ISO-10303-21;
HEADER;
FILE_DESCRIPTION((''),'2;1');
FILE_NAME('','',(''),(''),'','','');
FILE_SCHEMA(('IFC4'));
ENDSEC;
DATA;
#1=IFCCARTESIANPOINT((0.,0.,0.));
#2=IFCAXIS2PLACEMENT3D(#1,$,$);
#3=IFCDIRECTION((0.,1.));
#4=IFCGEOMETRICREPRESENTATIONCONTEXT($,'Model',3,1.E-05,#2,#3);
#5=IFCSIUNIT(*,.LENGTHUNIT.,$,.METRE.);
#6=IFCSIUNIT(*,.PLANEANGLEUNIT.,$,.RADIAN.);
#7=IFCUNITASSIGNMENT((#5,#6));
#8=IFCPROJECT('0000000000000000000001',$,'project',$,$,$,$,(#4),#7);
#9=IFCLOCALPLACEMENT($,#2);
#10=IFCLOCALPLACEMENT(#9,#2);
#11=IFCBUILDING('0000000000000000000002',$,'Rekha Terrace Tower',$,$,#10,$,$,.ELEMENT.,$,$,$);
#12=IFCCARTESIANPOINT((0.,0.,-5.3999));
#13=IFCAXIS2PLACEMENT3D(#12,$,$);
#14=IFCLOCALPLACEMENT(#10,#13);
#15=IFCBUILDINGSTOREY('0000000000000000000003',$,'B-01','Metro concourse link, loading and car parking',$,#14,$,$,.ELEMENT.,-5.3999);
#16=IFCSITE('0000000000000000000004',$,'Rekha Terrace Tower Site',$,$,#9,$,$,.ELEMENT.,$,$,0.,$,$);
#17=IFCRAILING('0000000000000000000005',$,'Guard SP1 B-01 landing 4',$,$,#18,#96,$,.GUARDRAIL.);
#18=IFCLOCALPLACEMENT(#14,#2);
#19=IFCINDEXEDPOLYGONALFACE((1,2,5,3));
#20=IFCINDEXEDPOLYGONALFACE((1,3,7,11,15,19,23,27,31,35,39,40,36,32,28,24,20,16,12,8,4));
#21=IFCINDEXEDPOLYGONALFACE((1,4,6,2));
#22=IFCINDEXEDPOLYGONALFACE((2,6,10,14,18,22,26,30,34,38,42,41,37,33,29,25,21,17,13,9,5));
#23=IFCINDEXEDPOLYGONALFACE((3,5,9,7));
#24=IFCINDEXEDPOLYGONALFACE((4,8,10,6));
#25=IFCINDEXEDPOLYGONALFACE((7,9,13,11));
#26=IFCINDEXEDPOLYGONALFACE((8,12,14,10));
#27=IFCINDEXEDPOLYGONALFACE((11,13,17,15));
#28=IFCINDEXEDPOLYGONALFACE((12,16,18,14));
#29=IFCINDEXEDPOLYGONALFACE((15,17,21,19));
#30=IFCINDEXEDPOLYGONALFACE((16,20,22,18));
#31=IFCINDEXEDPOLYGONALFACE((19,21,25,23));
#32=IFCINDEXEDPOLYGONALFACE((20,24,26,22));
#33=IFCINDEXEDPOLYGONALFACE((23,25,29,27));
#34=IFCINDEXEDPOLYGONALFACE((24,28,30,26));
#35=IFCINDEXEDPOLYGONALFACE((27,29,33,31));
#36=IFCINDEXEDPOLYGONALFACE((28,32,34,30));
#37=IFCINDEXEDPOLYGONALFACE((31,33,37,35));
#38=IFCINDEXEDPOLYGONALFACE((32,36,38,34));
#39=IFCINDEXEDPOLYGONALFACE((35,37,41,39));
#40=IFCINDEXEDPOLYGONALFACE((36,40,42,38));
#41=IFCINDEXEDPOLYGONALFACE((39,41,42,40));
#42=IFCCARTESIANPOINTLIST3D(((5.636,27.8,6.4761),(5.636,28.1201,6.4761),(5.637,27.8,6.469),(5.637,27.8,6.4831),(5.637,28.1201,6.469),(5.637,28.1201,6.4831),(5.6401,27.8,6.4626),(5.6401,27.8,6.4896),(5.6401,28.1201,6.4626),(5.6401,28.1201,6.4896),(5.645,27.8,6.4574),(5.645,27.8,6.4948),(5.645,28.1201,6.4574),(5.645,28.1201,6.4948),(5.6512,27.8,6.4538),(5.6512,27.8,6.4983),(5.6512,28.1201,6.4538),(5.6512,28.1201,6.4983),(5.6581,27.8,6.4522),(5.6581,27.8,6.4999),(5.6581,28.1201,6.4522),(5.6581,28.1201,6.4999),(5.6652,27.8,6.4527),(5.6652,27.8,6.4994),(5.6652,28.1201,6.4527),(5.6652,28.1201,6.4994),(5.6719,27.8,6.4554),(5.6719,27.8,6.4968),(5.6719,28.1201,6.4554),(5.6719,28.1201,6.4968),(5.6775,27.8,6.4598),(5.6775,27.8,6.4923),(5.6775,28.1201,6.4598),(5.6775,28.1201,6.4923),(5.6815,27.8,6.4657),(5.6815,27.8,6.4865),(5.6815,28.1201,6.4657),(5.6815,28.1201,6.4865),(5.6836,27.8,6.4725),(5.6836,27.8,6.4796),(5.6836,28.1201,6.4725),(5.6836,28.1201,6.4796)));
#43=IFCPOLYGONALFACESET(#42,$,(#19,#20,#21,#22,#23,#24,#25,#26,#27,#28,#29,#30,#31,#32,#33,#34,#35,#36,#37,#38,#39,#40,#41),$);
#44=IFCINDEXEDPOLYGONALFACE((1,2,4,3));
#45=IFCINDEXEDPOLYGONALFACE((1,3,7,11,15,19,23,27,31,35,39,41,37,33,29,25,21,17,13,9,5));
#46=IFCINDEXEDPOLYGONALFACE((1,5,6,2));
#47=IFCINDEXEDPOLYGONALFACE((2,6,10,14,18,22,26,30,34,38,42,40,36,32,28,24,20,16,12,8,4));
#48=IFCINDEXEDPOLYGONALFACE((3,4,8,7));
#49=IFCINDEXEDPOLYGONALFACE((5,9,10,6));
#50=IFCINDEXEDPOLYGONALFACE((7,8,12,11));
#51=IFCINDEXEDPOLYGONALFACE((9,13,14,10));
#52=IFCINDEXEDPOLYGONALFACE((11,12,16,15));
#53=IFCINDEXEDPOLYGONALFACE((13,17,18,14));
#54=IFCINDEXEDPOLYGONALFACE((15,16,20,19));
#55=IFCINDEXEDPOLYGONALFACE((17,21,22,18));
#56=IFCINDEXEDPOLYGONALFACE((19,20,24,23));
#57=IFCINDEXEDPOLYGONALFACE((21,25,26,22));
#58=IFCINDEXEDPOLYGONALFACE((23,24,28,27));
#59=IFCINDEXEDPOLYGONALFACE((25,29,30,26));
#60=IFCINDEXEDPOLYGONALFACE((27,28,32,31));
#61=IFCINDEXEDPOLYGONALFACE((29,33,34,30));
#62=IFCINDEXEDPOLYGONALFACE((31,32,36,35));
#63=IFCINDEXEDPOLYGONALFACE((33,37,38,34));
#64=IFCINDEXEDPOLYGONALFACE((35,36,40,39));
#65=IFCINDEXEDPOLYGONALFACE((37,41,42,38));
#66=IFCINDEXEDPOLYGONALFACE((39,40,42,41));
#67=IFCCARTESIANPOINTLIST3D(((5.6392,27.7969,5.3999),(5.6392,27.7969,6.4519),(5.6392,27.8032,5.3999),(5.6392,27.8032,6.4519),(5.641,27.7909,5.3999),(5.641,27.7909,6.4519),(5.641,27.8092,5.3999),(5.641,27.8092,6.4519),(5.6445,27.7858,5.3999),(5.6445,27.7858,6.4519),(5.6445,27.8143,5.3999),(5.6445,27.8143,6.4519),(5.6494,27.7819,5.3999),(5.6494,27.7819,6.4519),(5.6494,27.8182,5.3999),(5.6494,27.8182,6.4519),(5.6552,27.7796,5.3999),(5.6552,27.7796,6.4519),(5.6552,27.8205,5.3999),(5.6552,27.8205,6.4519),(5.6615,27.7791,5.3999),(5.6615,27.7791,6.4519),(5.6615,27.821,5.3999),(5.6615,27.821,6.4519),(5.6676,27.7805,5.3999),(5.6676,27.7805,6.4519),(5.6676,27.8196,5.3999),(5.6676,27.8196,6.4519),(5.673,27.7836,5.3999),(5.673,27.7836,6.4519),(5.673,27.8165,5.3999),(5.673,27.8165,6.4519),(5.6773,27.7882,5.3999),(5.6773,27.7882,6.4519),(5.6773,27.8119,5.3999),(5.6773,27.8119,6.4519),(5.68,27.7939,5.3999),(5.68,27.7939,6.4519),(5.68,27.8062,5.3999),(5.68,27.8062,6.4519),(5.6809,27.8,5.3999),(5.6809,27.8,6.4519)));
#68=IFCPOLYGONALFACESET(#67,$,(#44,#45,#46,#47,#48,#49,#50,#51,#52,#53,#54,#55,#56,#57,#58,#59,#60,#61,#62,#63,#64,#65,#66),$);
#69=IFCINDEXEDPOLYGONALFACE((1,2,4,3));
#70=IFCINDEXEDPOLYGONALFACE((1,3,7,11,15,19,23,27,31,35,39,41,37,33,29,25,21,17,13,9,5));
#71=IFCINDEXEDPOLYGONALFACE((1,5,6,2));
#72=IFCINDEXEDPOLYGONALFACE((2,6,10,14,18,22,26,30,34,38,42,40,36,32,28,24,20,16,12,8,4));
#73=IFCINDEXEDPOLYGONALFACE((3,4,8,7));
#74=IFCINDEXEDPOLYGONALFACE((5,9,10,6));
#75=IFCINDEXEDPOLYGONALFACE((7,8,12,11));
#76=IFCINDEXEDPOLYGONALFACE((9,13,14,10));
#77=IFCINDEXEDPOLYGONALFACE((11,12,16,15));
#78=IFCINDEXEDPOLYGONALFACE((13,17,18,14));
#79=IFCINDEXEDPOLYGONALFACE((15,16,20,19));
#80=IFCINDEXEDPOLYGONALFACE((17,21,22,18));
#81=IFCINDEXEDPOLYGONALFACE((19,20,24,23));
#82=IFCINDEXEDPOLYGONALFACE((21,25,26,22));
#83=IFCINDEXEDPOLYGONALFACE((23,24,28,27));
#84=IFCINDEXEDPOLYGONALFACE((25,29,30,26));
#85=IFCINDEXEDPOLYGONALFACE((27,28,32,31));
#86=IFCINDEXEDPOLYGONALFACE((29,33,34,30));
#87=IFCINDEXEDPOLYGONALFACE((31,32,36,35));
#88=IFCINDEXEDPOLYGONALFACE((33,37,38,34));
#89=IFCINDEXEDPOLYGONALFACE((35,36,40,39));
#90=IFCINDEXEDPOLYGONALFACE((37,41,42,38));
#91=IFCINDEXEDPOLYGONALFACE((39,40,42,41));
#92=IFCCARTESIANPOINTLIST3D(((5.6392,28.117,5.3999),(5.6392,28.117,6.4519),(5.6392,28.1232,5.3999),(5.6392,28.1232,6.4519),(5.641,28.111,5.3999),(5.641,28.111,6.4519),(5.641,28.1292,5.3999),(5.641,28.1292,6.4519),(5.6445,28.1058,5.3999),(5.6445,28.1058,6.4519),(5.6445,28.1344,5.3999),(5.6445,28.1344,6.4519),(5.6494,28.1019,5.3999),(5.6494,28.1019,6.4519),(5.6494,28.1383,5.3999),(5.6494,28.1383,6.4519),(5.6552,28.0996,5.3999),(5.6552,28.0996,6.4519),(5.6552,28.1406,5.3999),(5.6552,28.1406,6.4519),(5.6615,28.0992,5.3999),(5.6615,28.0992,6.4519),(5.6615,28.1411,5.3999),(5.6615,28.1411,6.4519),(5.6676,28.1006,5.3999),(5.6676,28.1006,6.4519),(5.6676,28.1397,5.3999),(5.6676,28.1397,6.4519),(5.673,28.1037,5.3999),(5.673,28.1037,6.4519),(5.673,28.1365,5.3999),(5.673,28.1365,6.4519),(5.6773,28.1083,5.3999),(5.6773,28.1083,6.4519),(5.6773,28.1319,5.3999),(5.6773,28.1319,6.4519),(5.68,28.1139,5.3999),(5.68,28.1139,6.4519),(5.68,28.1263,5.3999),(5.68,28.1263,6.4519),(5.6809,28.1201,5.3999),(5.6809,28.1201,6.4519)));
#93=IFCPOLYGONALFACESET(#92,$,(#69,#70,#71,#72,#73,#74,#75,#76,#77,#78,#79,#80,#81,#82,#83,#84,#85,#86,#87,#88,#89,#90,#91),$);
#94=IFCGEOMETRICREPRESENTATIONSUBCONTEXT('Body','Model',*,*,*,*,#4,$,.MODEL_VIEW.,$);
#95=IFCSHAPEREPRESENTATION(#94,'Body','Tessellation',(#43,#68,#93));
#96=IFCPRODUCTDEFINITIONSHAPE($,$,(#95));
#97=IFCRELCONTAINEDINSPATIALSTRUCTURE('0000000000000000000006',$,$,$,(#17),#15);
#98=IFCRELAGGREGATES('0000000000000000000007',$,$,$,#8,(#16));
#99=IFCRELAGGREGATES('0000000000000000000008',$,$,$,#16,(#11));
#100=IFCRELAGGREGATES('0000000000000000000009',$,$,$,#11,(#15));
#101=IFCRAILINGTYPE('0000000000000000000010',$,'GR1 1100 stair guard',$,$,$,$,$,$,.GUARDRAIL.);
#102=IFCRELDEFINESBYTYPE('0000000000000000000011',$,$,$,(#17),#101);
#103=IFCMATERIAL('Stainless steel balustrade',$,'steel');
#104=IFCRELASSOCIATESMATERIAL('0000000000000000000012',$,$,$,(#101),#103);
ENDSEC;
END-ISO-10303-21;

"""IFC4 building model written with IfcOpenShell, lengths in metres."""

from ifc_helpers import new_model, si_unit, direction, frame, origin, origin_2d, place, context, subcontext, project, spatial, circle, extrude, material, type_object, element, save


model = new_model("IFC4")

# Units and contexts
model_context = context("Model", 3, precision=1e-05, world=origin(), true_north=direction((0.0, 1.0)))
body_context = subcontext(model_context, "Body", "Model", "MODEL_VIEW")
ifc_project = project(units=[si_unit("LENGTHUNIT", "METRE"), si_unit("PLANEANGLEUNIT", "RADIAN")], contexts=[model_context])

# Site, building, storey
site_placement = place(None, origin())
site = spatial("IfcSite", under=ifc_project, at=site_placement, Name="Rekha Terrace Tower Site", CompositionType="ELEMENT", RefElevation=0.0)
building_placement = place(site_placement, origin())
building = spatial("IfcBuilding", under=site, at=building_placement, Name="Rekha Terrace Tower", CompositionType="ELEMENT")
storey_placement = place(building_placement, frame((0.0, 0.0, -5.3999)))
storey = spatial("IfcBuildingStorey", under=building, at=storey_placement, Name="B-01", Description="Metro concourse link, loading and car parking", CompositionType="ELEMENT", Elevation=-5.3999)

# Railing
ifc_material_1 = material(Name="Stainless steel balustrade", Category="steel")
railing_type_1 = type_object("IfcRailingType", Name="GR1 1100 stair guard", PredefinedType="GUARDRAIL", material=ifc_material_1)
railing_1_placement = place(storey_placement, frame((5.6599, 27.8, 5.3999)))
element("IfcRailing", 1, at=railing_1_placement, inside=storey, type_object=railing_type_1, Name="Guard SP1 B-01 landing 4", PredefinedType="GUARDRAIL", context=body_context, shape_type="SweptSolid", body=[
    extrude(circle(Radius=0.0239, at=origin_2d()), frame((0.0, 0.0, 1.0762), z_axis=(0.0, 1.0, 0.0), x_axis=(-1.0, 0.0, 0.0)), (0.0, 0.0, 1.0), 0.3201),
    extrude(circle(Radius=0.021, at=origin_2d()), origin(), (0.0, 0.0, 1.0), 1.052),
    extrude(circle(Radius=0.021, at=origin_2d()), frame((0.0, 0.3201, 0.0)), (0.0, 0.0, 1.0), 1.052),
])

save(model, "model.ifc")
